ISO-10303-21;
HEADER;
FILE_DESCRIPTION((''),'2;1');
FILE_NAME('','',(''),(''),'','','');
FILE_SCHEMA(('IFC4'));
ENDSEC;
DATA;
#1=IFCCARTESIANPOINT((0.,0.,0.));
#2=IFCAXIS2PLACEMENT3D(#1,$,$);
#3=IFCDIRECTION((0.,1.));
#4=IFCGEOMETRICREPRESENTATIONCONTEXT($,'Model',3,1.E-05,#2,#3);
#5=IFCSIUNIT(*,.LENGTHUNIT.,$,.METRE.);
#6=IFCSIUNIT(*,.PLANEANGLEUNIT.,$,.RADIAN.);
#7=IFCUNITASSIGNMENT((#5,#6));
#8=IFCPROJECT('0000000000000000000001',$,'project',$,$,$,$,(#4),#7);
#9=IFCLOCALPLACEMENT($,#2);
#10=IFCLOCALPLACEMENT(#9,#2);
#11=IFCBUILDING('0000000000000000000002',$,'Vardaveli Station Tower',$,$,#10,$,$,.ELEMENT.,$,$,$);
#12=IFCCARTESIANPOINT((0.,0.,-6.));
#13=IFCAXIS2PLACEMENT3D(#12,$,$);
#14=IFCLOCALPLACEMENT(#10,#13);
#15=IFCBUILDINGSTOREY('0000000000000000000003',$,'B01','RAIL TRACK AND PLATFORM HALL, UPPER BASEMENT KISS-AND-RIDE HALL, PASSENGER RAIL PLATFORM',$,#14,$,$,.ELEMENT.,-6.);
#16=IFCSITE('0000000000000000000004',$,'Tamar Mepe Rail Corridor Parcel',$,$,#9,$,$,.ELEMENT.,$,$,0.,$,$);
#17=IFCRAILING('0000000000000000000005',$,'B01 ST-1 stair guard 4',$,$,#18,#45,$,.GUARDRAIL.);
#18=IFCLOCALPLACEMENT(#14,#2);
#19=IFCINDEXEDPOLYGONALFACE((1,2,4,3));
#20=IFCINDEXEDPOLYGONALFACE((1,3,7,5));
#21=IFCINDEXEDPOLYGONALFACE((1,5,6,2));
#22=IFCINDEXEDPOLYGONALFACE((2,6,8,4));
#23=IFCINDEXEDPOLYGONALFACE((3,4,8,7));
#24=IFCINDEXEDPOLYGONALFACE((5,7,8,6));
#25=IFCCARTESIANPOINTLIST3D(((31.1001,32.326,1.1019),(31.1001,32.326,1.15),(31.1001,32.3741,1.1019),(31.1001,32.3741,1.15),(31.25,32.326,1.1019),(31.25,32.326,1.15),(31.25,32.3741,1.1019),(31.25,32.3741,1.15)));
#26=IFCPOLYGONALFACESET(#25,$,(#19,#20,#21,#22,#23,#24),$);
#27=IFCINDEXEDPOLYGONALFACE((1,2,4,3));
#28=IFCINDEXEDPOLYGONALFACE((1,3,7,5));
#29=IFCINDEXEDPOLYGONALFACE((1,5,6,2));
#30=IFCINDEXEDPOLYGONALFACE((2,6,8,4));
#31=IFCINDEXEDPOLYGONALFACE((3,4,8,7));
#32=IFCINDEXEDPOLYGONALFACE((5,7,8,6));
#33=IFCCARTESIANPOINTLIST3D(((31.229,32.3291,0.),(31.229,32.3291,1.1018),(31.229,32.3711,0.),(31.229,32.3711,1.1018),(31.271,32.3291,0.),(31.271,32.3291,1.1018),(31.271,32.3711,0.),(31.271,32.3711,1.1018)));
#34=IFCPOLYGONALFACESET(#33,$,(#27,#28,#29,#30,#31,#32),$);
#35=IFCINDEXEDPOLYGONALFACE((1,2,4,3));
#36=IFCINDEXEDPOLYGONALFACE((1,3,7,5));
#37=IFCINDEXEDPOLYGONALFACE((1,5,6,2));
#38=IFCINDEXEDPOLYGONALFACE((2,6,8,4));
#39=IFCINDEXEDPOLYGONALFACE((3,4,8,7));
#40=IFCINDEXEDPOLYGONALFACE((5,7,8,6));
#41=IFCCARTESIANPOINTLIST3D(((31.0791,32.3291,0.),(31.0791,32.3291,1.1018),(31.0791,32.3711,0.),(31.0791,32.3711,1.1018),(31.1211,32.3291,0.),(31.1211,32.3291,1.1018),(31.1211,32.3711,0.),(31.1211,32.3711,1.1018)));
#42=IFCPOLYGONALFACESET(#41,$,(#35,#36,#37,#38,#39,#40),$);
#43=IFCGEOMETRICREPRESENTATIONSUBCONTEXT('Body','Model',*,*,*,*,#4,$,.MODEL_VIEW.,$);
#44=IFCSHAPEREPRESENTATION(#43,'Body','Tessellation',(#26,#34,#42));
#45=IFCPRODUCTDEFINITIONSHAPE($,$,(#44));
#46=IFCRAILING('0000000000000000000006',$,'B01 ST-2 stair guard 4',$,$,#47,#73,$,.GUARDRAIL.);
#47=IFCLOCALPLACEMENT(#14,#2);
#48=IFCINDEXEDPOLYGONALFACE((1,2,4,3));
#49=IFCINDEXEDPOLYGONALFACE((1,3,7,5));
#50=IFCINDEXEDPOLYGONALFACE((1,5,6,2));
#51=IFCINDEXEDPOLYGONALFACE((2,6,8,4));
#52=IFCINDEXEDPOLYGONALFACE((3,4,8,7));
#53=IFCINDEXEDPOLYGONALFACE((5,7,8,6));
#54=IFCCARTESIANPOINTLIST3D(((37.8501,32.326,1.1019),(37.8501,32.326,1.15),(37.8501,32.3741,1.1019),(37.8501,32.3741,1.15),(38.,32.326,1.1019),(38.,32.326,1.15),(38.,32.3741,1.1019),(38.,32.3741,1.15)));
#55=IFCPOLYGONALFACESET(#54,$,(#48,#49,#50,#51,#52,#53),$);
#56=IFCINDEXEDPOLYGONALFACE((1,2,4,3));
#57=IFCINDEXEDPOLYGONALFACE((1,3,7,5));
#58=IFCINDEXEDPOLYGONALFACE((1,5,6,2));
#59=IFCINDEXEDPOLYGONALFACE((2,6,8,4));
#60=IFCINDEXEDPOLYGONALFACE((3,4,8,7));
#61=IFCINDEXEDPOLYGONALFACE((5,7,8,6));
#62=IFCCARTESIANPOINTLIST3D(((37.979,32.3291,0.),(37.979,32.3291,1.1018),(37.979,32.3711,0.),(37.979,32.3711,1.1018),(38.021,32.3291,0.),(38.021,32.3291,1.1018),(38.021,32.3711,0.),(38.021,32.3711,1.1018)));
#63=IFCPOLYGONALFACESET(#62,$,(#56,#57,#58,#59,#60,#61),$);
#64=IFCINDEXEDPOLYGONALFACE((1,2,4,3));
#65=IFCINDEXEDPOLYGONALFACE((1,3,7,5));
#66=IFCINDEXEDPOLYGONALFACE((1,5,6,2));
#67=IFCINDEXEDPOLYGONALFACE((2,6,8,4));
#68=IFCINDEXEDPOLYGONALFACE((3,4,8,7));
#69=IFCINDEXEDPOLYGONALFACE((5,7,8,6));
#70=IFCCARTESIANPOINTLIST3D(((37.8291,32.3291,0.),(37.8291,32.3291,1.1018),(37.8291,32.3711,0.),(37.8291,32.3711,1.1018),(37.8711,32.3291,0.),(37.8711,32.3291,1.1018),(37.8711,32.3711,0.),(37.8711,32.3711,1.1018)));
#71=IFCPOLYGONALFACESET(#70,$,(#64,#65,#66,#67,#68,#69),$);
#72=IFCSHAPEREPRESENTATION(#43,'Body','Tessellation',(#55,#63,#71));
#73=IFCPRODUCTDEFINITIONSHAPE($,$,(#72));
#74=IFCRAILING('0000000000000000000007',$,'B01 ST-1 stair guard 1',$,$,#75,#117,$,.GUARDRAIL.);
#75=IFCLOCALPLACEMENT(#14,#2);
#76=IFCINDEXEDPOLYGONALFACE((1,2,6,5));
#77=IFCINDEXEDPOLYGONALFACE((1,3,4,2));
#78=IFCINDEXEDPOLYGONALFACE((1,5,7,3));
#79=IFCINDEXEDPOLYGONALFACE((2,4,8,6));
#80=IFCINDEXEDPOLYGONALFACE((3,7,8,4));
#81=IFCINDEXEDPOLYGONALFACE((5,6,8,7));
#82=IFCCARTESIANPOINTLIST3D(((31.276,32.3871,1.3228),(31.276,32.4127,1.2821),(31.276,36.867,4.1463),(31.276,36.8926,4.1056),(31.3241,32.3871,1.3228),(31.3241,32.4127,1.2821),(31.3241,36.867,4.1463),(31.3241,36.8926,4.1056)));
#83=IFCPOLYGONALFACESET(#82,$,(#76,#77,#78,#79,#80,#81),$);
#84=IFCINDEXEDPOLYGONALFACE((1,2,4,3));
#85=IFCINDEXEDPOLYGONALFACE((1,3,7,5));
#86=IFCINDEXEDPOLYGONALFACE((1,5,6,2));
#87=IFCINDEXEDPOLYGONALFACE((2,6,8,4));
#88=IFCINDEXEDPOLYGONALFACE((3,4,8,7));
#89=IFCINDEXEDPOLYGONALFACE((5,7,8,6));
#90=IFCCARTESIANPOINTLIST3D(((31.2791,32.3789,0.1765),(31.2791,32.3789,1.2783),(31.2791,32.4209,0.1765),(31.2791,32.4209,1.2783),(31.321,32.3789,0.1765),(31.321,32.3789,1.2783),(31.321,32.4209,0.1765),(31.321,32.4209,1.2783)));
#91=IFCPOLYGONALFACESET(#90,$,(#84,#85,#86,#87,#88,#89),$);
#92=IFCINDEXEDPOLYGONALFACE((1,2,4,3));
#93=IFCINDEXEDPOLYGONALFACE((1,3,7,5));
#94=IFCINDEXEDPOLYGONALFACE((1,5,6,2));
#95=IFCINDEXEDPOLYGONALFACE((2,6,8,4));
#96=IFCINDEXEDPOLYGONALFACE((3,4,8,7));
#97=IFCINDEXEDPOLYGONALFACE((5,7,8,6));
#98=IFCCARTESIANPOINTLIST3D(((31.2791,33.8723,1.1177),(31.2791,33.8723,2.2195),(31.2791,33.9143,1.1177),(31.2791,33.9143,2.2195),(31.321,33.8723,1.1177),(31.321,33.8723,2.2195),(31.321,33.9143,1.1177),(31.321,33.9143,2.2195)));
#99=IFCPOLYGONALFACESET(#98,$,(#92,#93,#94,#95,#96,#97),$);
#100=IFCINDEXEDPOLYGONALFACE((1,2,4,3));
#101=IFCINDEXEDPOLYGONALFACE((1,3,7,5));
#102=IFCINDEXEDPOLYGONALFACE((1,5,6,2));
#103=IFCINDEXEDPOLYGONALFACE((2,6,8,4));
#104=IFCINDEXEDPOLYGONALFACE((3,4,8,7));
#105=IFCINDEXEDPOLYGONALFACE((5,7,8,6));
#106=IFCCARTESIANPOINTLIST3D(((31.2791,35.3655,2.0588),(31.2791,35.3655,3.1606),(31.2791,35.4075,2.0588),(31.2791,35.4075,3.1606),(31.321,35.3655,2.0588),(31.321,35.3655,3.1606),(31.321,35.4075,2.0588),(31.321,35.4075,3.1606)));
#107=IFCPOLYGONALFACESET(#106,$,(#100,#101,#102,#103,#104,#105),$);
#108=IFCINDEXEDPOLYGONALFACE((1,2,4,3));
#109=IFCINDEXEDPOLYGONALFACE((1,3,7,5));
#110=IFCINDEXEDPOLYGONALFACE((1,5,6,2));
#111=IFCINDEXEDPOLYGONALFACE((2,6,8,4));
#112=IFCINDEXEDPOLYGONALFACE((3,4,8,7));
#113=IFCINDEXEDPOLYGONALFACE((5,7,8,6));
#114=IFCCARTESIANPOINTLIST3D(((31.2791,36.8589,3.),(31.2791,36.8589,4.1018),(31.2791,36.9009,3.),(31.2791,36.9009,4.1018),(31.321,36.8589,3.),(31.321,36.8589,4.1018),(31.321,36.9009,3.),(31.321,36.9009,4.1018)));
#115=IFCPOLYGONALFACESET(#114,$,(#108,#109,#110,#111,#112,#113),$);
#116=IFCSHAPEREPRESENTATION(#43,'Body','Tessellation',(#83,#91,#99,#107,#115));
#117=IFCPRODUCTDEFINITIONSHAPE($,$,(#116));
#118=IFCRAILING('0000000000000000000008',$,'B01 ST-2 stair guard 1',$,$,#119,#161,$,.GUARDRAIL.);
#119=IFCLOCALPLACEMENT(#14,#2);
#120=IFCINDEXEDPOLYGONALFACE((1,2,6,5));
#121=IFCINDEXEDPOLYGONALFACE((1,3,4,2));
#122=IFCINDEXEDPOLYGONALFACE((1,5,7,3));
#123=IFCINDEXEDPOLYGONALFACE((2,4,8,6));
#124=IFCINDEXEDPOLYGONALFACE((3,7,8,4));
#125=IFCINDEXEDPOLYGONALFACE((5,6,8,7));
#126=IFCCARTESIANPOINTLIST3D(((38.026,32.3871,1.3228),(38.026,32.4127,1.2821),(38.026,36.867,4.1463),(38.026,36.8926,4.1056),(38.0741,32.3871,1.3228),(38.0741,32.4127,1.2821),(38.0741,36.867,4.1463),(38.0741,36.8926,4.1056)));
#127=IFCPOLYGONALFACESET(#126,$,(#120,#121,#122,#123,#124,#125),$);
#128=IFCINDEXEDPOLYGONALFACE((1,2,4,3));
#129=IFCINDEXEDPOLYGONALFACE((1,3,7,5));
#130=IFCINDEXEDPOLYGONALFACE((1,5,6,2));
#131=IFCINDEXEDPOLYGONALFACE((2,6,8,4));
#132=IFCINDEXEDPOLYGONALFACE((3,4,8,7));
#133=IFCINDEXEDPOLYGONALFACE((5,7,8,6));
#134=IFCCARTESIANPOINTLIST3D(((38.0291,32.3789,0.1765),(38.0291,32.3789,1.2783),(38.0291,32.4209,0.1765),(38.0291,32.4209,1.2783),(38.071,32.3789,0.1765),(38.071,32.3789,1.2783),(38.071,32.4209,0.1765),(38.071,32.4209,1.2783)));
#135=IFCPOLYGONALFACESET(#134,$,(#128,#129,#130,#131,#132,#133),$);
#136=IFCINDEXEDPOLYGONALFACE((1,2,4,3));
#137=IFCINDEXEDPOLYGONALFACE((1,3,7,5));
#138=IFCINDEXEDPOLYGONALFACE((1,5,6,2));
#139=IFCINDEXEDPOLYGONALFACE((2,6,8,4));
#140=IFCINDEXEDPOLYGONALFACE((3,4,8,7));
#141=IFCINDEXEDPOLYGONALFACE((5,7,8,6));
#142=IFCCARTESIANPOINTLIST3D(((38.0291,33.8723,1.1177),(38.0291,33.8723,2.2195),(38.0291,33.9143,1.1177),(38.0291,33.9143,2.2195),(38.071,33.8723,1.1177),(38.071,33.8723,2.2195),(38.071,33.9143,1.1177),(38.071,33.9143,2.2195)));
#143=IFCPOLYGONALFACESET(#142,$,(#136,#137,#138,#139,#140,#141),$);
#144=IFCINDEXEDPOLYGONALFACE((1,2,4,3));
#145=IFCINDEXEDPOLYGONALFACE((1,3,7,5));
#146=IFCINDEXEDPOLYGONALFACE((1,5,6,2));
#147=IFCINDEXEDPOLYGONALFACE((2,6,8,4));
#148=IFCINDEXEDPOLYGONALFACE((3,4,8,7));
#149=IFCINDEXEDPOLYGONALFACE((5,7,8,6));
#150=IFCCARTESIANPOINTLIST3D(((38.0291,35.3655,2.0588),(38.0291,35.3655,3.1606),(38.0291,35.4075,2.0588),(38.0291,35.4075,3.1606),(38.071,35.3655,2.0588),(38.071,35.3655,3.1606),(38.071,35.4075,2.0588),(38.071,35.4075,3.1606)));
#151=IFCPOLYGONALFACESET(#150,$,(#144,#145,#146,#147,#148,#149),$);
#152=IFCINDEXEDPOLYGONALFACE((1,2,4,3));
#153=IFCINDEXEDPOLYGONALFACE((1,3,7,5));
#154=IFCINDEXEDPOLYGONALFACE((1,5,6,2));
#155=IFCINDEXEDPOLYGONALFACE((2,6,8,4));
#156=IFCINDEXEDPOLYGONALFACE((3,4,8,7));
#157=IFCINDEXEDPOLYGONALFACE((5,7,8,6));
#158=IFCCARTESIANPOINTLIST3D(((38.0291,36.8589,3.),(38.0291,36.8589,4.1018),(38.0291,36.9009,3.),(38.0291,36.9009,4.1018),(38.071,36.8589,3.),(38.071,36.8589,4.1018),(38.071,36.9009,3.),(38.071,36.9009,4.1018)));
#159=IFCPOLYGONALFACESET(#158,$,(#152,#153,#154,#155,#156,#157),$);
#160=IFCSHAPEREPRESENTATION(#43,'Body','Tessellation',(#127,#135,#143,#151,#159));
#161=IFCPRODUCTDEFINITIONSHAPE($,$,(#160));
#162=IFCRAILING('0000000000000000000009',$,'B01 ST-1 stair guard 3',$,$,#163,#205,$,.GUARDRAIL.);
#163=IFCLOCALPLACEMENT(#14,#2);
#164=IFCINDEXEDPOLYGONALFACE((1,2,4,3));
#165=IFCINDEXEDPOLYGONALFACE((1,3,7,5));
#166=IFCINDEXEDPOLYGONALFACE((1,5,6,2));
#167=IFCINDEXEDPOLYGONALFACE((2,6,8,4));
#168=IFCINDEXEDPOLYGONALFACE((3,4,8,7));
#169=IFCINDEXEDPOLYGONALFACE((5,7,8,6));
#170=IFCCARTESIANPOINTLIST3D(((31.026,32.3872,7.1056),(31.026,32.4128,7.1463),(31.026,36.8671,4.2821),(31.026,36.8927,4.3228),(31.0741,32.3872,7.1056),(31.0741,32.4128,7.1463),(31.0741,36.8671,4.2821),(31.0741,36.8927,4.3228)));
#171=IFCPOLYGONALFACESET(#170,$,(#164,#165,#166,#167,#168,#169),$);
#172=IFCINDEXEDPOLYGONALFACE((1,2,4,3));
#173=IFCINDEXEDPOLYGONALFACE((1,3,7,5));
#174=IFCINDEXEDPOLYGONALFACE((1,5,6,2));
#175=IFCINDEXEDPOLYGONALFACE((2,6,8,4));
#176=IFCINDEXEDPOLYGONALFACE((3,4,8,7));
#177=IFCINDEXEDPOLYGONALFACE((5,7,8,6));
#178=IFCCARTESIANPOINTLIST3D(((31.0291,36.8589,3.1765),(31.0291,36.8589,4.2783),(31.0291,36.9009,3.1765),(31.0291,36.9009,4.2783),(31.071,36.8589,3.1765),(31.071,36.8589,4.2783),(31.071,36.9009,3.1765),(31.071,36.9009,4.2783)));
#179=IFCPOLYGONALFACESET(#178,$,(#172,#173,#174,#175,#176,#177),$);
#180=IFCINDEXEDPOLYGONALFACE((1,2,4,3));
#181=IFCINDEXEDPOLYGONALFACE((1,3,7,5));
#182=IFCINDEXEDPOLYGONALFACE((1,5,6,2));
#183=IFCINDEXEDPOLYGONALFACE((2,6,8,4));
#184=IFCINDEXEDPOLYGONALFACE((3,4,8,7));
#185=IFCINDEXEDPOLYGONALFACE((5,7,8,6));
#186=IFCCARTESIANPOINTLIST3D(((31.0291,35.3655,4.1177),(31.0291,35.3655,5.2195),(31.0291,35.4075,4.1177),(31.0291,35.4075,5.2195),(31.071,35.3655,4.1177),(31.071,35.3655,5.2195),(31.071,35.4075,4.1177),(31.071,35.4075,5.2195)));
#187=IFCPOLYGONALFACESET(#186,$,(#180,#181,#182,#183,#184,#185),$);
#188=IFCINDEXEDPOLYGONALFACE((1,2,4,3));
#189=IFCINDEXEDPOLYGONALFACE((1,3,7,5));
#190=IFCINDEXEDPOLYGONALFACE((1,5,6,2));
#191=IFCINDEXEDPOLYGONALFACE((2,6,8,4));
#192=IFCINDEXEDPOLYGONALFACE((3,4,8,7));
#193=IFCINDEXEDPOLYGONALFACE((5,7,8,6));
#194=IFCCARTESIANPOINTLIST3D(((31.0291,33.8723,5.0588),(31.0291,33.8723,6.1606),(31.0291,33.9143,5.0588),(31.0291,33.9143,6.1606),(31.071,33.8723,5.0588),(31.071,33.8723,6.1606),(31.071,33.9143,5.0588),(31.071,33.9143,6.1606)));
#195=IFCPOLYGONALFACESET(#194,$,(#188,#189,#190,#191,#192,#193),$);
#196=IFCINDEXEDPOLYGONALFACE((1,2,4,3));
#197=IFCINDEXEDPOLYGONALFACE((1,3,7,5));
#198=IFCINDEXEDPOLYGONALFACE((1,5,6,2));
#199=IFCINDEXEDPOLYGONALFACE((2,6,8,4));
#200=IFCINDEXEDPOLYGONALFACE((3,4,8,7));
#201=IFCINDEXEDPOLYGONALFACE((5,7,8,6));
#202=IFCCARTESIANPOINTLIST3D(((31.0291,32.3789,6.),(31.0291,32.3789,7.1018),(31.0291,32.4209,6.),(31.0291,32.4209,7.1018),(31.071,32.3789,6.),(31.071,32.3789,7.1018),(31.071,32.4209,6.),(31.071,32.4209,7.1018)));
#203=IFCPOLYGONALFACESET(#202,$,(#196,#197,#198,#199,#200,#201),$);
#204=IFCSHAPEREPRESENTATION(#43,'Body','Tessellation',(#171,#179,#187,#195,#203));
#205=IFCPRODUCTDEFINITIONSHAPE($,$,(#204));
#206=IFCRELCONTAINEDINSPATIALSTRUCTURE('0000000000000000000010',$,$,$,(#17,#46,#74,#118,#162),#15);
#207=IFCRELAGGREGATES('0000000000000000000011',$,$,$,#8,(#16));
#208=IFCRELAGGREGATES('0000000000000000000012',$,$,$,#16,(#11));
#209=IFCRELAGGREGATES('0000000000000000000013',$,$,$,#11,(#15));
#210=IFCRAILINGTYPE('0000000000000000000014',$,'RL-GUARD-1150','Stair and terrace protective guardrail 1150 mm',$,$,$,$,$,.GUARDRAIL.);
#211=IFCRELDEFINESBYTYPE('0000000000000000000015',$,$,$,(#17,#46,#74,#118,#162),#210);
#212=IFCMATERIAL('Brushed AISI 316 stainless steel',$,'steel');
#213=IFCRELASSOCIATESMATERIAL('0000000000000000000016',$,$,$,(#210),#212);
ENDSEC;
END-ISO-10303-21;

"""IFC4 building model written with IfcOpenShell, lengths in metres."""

from ifc_helpers import new_model, si_unit, direction, frame, origin, origin_2d, place, context, subcontext, project, spatial, rectangle, extrude, source, transform, mapped, material, type_object, element, save


model = new_model("IFC4")

# Units and contexts
model_context = context("Model", 3, precision=1e-05, world=origin(), true_north=direction((0.0, 1.0)))
body_context = subcontext(model_context, "Body", "Model", "MODEL_VIEW")
ifc_project = project(units=[si_unit("LENGTHUNIT", "METRE"), si_unit("PLANEANGLEUNIT", "RADIAN")], contexts=[model_context])

# Site, building, storey
site_placement = place(None, origin())
site = spatial("IfcSite", under=ifc_project, at=site_placement, Name="Tamar Mepe Rail Corridor Parcel", CompositionType="ELEMENT", RefElevation=0.0)
building_placement = place(site_placement, origin())
building = spatial("IfcBuilding", under=site, at=building_placement, Name="Vardaveli Station Tower", CompositionType="ELEMENT")
storey_placement = place(building_placement, frame((0.0, 0.0, -6.0)))
storey = spatial("IfcBuildingStorey", under=building, at=storey_placement, Name="B01", Description="RAIL TRACK AND PLATFORM HALL, UPPER BASEMENT KISS-AND-RIDE HALL, PASSENGER RAIL PLATFORM", CompositionType="ELEMENT", Elevation=-6.0)

# Railings
ifc_material_1 = material(Name="Brushed AISI 316 stainless steel", Category="steel")
railing_type_1 = type_object("IfcRailingType", Name="RL-GUARD-1150", Description="Stair and terrace protective guardrail 1150 mm", PredefinedType="GUARDRAIL", material=ifc_material_1)
shared_shape_1 = source(origin(), body_context, "Body", "SweptSolid", [
    extrude(rectangle(XDim=0.0481, YDim=0.0481, at=origin_2d()), frame((0.0, 0.0, 1.126), z_axis=(-1.0, 0.0, 0.0), x_axis=(0.0, -1.0, 0.0)), (0.0, 0.0, 1.0), 0.1499),
    extrude(rectangle(XDim=0.042, YDim=0.042, at=origin_2d()), origin(), (0.0, 0.0, 1.0), 1.1018),
    extrude(rectangle(XDim=0.042, YDim=0.042, at=origin_2d()), frame((-0.1499, 0.0, 0.0)), (0.0, 0.0, 1.0), 1.1018),
])
for number, where, name in (
    (1, (31.25, 32.3501, 0.0), "B01 ST-1 stair guard 4"),
    (2, (38.0, 32.3501, 0.0), "B01 ST-2 stair guard 4"),
):
    element("IfcRailing", number, at=place(storey_placement, frame(where)), inside=storey, type_object=railing_type_1, Name=name, PredefinedType="GUARDRAIL", context=body_context, shape_type="MappedRepresentation", body=[
        mapped(shared_shape_1, transform((0.0, 0.0, 0.0), scale=1.0)),
    ])
shared_shape_2 = source(origin(), body_context, "Body", "SweptSolid", [
    extrude(rectangle(XDim=0.0481, YDim=0.0481, at=origin_2d()), frame((0.0, 0.0, 1.126), z_axis=(0.0, 0.845998, 0.533186), x_axis=(-1.0, 0.0, 0.0)), (0.0, 0.0, 1.0), 5.2954),
    extrude(rectangle(XDim=0.042, YDim=0.042, at=origin_2d()), origin(), (0.0, 0.0, 1.0), 1.1018),
    extrude(rectangle(XDim=0.042, YDim=0.042, at=origin_2d()), frame((0.0, 1.4934, 0.9412)), (0.0, 0.0, 1.0), 1.1018),
    extrude(rectangle(XDim=0.042, YDim=0.042, at=origin_2d()), frame((0.0, 2.9866, 1.8823)), (0.0, 0.0, 1.0), 1.1018),
    extrude(rectangle(XDim=0.042, YDim=0.042, at=origin_2d()), frame((0.0, 4.48, 2.8235)), (0.0, 0.0, 1.0), 1.1018),
])
for number, where, name in (
    (3, (31.3, 32.3999, 0.1765), "B01 ST-1 stair guard 1"),
    (4, (38.05, 32.3999, 0.1765), "B01 ST-2 stair guard 1"),
):
    element("IfcRailing", number, at=place(storey_placement, frame(where)), inside=storey, type_object=railing_type_1, Name=name, PredefinedType="GUARDRAIL", context=body_context, shape_type="MappedRepresentation", body=[
        mapped(shared_shape_2, transform((0.0, 0.0, 0.0), scale=1.0)),
    ])
shared_shape_3 = source(origin(), body_context, "Body", "SweptSolid", [
    extrude(rectangle(XDim=0.0481, YDim=0.0481, at=origin_2d()), frame((0.0, 0.0, 1.126), z_axis=(0.0, -0.845998, 0.533186), x_axis=(1.0, 0.0, 0.0)), (0.0, 0.0, 1.0), 5.2954),
    extrude(rectangle(XDim=0.042, YDim=0.042, at=origin_2d()), origin(), (0.0, 0.0, 1.0), 1.1018),
    extrude(rectangle(XDim=0.042, YDim=0.042, at=origin_2d()), frame((0.0, -1.4934, 0.9412)), (0.0, 0.0, 1.0), 1.1018),
    extrude(rectangle(XDim=0.042, YDim=0.042, at=origin_2d()), frame((0.0, -2.9866, 1.8823)), (0.0, 0.0, 1.0), 1.1018),
    extrude(rectangle(XDim=0.042, YDim=0.042, at=origin_2d()), frame((0.0, -4.48, 2.8235)), (0.0, 0.0, 1.0), 1.1018),
])
railing_1_placement = place(storey_placement, frame((31.05, 36.8799, 3.1765)))
element("IfcRailing", 5, at=railing_1_placement, inside=storey, type_object=railing_type_1, Name="B01 ST-1 stair guard 3", PredefinedType="GUARDRAIL", context=body_context, shape_type="MappedRepresentation", body=[
    mapped(shared_shape_3, transform((0.0, 0.0, 0.0), scale=1.0)),
])

save(model, "model.ifc")
